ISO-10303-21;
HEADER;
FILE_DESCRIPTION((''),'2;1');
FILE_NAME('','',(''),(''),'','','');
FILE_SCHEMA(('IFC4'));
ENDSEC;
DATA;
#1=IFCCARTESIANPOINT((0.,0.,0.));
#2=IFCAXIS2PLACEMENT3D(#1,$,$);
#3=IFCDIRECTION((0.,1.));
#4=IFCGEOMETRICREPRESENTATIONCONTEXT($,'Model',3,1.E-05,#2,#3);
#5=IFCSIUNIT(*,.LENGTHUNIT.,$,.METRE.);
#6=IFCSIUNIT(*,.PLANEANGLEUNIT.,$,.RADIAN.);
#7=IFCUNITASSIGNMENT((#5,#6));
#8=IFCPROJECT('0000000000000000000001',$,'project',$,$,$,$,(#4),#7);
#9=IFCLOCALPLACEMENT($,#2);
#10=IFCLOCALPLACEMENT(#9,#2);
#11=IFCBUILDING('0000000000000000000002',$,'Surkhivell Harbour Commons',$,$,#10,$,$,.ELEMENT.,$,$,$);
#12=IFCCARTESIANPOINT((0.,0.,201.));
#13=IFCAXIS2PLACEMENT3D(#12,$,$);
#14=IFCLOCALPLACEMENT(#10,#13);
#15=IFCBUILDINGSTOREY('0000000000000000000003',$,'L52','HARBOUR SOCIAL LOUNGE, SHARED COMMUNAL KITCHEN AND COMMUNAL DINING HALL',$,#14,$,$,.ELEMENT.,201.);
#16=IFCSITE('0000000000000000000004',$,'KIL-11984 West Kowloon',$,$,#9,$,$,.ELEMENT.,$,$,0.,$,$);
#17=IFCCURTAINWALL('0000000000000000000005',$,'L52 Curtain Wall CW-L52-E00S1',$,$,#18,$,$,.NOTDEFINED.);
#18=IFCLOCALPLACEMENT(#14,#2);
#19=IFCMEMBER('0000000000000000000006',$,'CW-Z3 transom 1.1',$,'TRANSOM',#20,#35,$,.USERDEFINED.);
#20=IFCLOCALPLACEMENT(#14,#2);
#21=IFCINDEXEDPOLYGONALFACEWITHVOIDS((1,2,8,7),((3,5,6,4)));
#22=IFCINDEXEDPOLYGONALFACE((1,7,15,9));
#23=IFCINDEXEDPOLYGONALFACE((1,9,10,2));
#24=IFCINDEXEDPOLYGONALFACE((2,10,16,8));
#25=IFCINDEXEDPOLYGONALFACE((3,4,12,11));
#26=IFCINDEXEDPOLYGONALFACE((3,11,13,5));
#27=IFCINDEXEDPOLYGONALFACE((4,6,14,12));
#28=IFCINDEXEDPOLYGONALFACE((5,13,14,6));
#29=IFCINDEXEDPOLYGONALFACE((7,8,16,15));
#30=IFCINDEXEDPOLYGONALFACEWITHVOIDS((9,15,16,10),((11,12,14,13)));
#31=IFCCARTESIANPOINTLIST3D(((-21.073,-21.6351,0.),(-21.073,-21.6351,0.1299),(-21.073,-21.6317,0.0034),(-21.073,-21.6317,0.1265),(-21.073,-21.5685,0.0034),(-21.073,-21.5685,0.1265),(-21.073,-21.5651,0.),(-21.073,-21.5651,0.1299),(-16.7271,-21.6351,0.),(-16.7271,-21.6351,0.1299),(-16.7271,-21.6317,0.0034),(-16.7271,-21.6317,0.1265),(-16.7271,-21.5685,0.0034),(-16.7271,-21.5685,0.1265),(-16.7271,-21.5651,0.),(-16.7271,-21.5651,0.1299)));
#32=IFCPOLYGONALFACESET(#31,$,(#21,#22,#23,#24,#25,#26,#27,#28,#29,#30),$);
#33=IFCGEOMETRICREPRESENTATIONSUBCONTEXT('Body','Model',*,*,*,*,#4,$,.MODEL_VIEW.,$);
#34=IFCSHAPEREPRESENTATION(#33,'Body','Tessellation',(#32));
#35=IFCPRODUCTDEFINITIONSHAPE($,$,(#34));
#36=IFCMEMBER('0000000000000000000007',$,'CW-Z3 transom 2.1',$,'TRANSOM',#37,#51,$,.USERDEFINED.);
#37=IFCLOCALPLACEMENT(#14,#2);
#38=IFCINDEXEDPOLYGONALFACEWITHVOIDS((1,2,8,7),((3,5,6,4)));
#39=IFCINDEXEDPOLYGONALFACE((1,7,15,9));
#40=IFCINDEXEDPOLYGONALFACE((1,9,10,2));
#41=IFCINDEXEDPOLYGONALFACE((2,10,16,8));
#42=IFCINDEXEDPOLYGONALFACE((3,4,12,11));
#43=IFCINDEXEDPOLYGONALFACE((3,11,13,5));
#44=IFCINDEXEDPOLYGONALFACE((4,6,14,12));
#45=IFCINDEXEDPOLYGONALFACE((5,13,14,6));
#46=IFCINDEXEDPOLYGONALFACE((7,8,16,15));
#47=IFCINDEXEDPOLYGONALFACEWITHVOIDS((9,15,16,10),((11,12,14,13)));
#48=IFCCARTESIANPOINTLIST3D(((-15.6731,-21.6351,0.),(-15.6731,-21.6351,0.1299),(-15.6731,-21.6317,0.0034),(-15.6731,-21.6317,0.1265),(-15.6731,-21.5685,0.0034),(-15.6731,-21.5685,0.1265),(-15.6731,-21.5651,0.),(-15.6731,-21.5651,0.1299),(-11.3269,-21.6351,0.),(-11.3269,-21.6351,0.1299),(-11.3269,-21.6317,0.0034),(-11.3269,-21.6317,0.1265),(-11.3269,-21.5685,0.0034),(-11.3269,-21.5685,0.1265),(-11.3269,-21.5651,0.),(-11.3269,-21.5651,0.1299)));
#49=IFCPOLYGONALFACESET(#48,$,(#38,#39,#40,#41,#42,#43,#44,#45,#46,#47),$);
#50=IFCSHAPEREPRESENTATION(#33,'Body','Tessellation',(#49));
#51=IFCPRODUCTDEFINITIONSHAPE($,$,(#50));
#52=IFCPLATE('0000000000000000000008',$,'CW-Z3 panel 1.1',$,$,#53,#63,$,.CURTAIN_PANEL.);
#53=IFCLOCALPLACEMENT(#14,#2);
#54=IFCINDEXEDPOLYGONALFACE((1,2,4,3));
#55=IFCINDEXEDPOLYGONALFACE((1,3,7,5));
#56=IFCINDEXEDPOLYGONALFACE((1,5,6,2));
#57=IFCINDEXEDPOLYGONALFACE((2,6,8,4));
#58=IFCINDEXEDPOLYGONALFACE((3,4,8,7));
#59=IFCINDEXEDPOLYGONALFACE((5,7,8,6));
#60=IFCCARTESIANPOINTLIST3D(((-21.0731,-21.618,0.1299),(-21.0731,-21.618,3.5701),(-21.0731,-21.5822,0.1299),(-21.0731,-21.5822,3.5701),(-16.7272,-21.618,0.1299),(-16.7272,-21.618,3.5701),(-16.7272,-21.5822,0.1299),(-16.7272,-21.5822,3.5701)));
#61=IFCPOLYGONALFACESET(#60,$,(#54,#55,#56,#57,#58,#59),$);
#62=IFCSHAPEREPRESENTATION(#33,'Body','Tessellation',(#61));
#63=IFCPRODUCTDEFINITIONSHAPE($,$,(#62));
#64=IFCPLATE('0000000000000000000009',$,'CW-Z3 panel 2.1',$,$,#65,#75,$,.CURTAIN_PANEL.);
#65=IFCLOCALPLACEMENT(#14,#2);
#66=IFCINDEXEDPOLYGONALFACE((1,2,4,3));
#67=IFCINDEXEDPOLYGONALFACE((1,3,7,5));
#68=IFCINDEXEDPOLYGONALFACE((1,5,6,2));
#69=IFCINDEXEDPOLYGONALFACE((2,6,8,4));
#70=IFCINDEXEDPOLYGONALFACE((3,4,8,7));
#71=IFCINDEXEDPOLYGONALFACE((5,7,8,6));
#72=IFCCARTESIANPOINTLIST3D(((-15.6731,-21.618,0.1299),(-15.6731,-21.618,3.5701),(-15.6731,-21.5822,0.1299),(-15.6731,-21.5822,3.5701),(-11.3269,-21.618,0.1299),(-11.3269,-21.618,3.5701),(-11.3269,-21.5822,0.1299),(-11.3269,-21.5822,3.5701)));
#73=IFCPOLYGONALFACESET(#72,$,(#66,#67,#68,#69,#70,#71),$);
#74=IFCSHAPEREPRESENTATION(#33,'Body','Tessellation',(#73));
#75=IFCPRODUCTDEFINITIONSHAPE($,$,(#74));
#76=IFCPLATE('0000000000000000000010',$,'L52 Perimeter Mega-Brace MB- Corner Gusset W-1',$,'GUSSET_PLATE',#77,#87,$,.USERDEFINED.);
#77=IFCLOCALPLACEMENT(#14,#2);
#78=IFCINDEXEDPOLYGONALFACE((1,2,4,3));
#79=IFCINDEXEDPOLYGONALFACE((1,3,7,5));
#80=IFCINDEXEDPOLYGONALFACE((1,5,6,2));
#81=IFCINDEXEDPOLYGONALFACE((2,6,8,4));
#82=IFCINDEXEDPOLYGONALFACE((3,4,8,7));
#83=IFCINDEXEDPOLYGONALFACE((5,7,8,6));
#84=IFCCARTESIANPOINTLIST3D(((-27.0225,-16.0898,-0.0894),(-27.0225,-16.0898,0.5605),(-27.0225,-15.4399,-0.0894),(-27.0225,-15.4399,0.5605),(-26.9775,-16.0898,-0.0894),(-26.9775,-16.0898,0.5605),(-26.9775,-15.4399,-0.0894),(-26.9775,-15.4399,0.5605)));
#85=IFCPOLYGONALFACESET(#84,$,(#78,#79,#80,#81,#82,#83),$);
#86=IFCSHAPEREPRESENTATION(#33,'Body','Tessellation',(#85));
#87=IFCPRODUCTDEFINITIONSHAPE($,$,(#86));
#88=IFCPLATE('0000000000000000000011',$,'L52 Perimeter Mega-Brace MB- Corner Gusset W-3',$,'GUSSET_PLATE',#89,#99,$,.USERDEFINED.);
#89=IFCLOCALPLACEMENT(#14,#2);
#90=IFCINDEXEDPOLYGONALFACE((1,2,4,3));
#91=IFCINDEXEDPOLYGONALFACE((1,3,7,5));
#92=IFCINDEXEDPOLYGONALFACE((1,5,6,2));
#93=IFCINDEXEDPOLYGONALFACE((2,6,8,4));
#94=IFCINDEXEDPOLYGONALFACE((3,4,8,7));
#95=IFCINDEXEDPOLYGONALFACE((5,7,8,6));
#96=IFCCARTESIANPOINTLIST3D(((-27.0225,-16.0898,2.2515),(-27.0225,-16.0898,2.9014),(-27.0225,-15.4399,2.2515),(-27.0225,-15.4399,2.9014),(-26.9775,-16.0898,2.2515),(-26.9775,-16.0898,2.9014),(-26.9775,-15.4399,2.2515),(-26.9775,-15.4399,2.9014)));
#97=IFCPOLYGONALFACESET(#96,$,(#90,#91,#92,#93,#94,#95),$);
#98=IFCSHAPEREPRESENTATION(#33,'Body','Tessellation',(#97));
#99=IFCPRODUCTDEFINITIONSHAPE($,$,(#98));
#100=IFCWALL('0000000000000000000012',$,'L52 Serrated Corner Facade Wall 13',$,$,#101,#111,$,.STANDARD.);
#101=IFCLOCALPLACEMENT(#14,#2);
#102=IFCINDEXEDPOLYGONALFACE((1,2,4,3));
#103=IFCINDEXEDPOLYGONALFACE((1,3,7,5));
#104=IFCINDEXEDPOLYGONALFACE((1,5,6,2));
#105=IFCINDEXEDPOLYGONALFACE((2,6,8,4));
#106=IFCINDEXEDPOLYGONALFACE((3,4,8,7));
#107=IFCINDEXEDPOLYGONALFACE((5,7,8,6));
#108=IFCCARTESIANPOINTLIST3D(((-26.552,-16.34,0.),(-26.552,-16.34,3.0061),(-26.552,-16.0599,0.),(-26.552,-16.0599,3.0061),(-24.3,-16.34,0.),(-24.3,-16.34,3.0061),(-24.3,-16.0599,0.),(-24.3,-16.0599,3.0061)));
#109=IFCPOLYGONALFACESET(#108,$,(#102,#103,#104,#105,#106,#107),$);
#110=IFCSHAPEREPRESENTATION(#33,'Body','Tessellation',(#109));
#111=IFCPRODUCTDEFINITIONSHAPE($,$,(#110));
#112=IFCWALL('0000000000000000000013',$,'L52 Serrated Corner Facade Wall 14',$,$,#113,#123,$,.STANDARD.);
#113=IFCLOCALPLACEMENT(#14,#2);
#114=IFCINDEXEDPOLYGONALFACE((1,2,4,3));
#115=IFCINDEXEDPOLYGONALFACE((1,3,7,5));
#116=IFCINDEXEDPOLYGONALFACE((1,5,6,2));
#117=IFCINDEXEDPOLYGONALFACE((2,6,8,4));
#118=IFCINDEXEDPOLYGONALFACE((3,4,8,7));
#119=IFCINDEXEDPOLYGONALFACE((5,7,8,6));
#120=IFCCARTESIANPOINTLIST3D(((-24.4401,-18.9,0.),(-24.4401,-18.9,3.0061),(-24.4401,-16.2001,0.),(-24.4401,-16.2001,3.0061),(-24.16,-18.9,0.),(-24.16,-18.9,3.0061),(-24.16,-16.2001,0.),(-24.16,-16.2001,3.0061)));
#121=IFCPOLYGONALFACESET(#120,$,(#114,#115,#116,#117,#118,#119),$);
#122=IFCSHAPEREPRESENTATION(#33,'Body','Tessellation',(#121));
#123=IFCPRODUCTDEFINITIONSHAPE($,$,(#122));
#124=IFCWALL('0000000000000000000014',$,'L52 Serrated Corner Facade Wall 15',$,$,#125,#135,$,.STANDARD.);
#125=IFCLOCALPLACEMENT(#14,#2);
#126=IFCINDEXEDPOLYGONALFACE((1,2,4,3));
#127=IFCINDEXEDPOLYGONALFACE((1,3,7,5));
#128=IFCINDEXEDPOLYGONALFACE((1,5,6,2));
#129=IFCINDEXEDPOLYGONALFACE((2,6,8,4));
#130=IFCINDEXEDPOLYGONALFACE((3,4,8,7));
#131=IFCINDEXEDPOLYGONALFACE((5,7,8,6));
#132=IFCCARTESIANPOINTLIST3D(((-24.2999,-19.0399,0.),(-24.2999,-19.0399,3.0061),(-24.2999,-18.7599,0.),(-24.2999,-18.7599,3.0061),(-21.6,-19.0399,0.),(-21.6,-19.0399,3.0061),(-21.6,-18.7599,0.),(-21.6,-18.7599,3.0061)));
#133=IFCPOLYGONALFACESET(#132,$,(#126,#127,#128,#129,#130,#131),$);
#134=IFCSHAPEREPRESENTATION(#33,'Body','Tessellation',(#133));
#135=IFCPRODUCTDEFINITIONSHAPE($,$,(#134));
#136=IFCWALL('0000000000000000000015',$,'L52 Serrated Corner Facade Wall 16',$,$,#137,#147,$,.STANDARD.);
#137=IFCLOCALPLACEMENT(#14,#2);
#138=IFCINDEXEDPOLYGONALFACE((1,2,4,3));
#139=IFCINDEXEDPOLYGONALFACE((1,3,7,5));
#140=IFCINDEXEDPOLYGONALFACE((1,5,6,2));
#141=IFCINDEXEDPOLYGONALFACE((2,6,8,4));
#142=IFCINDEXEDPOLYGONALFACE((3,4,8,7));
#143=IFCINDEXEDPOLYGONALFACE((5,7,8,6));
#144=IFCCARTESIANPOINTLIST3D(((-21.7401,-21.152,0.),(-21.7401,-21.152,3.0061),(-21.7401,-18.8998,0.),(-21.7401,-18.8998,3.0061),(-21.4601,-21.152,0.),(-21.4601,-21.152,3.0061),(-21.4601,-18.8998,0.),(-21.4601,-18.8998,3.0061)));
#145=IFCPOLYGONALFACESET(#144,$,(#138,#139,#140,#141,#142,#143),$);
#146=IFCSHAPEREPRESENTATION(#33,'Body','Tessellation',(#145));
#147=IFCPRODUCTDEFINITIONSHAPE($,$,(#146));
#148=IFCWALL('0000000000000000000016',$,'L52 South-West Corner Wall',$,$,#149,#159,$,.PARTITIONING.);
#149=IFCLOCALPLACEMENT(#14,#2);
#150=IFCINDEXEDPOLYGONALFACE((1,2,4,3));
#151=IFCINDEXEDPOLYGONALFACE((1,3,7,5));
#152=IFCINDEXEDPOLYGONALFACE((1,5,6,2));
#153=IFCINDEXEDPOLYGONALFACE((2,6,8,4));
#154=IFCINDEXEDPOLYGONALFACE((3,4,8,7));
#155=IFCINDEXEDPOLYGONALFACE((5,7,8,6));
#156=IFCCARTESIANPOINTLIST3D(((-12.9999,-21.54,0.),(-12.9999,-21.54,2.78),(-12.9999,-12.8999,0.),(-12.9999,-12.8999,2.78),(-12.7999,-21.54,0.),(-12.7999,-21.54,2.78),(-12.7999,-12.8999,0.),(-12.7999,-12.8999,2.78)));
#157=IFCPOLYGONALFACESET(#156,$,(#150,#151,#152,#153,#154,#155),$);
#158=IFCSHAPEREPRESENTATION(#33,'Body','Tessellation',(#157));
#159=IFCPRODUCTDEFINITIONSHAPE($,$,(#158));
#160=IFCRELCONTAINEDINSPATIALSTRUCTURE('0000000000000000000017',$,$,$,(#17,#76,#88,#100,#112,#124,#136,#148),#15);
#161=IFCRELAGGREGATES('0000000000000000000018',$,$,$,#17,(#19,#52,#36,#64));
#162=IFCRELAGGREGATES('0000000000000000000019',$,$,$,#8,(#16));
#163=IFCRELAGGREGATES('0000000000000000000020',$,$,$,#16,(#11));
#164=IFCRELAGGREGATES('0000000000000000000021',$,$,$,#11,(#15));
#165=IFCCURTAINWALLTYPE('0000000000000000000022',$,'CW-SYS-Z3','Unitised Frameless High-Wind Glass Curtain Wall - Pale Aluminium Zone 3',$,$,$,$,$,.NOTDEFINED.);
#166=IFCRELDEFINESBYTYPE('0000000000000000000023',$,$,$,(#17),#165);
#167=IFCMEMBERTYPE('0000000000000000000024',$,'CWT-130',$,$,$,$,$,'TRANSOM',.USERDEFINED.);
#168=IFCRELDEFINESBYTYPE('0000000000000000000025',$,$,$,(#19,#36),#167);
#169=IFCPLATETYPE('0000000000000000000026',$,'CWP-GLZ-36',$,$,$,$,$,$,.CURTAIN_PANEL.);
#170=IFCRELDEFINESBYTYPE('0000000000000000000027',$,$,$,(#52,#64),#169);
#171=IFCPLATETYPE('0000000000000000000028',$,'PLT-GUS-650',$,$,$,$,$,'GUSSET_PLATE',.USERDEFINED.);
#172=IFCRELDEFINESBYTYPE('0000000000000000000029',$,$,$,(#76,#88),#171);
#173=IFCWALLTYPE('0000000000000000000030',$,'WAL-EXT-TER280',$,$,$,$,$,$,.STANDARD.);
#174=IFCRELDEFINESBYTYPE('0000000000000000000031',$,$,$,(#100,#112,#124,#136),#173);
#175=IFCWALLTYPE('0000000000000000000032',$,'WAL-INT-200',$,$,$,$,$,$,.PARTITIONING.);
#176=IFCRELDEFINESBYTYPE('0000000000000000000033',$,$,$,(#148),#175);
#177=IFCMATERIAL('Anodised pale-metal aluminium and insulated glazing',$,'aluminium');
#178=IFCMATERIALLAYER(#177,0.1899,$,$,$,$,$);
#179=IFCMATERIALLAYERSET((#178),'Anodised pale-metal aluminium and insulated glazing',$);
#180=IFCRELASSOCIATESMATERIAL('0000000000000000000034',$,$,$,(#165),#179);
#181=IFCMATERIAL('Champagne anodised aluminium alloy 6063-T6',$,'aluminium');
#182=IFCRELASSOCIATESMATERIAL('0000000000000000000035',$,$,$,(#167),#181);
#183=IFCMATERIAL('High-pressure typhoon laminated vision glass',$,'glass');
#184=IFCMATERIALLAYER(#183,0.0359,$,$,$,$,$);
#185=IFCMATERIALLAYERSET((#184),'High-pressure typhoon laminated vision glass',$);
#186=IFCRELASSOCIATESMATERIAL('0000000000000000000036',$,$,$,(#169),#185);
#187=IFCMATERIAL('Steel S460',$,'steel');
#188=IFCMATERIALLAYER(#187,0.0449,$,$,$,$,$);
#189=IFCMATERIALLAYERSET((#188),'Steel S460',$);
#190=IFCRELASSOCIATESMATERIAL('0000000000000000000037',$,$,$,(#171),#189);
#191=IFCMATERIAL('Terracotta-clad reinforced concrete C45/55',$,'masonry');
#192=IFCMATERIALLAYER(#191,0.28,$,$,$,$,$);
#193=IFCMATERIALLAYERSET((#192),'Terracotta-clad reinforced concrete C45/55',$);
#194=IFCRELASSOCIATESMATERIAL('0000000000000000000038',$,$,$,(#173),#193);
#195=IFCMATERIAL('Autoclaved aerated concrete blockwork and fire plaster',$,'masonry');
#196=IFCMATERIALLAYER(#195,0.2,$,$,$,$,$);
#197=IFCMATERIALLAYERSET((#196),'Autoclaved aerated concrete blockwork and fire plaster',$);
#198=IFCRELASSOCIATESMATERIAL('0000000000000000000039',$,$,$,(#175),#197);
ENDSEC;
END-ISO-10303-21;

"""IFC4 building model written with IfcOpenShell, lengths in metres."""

from ifc_helpers import new_model, si_unit, direction, frame, frame_2d, origin, origin_2d, place, context, subcontext, project, spatial, rectangle, hollow_rectangle, extrude, material, layer, layer_set, material_profile, profile_set, type_object, element, aggregate, save


model = new_model("IFC4")

# Units and contexts
model_context = context("Model", 3, precision=1e-05, world=origin(), true_north=direction((0.0, 1.0)))
body_context = subcontext(model_context, "Body", "Model", "MODEL_VIEW")
ifc_project = project(units=[si_unit("LENGTHUNIT", "METRE"), si_unit("PLANEANGLEUNIT", "RADIAN")], contexts=[model_context])

# Site, building, storey
site_placement = place(None, origin())
site = spatial("IfcSite", under=ifc_project, at=site_placement, Name="KIL-11984 West Kowloon", CompositionType="ELEMENT", RefElevation=0.0)
building_placement = place(site_placement, origin())
building = spatial("IfcBuilding", under=site, at=building_placement, Name="Surkhivell Harbour Commons", CompositionType="ELEMENT")
storey_placement = place(building_placement, frame((0.0, 0.0, 201.0)))
storey = spatial("IfcBuildingStorey", under=building, at=storey_placement, Name="L52", Description="HARBOUR SOCIAL LOUNGE, SHARED COMMUNAL KITCHEN AND COMMUNAL DINING HALL", CompositionType="ELEMENT", Elevation=201.0)

# Curtain wall, members, plates
ifc_material_1 = material(Name="Anodised pale-metal aluminium and insulated glazing", Category="aluminium")
ifc_layer_1 = layer(ifc_material_1, 0.1899)
ifc_layer_set_1 = layer_set([ifc_layer_1], Name="Anodised pale-metal aluminium and insulated glazing")
curtain_wall_type = type_object("IfcCurtainWallType", Name="CW-SYS-Z3", Description="Unitised Frameless High-Wind Glass Curtain Wall - Pale Aluminium Zone 3", PredefinedType="NOTDEFINED", material=ifc_layer_set_1)
curtain_wall_placement = place(storey_placement, origin())
curtain_wall = element("IfcCurtainWall", 1, at=curtain_wall_placement, inside=storey, type_object=curtain_wall_type, Name="L52 Curtain Wall CW-L52-E00S1", PredefinedType="NOTDEFINED")
ifc_material_2 = material(Name="Champagne anodised aluminium alloy 6063-T6", Category="aluminium")
ifc_material_profile_1 = material_profile(ifc_material_2, hollow_rectangle(XDim=0.0701, YDim=0.1299, WallThickness=0.0034, at=origin_2d()), Name="ALU-TRAN-70x130")
ifc_profile_set_1 = profile_set([ifc_material_profile_1], Name="Champagne anodised aluminium alloy 6063-T6")
member_type_1 = type_object("IfcMemberType", Name="CWT-130", ElementType="TRANSOM", PredefinedType="USERDEFINED", material=ifc_profile_set_1)
member_1_placement = place(storey_placement, frame((-21.073, -21.6001, 0.0649), z_axis=(1.0, 0.0, 0.0), x_axis=(0.0, 1.0, 0.0)))
member_1 = element("IfcMember", 2, at=member_1_placement, type_object=member_type_1, Name="CW-Z3 transom 1.1", ObjectType="TRANSOM", PredefinedType="USERDEFINED", context=body_context, shape_type="SweptSolid", body=[
    extrude(hollow_rectangle(XDim=0.0701, YDim=0.1299, WallThickness=0.0034, at=origin_2d()), origin(), (0.0, 0.0, 1.0), 4.3459),
])
member_2_placement = place(storey_placement, frame((-15.6731, -21.6001, 0.0649), z_axis=(1.0, 0.0, 0.0), x_axis=(0.0, 1.0, 0.0)))
member_2 = element("IfcMember", 3, at=member_2_placement, type_object=member_type_1, Name="CW-Z3 transom 2.1", ObjectType="TRANSOM", PredefinedType="USERDEFINED", context=body_context, shape_type="SweptSolid", body=[
    extrude(hollow_rectangle(XDim=0.0701, YDim=0.1299, WallThickness=0.0034, at=origin_2d()), origin(), (0.0, 0.0, 1.0), 4.3462),
])
ifc_material_3 = material(Name="High-pressure typhoon laminated vision glass", Category="glass")
ifc_layer_2 = layer(ifc_material_3, 0.0359)
ifc_layer_set_2 = layer_set([ifc_layer_2], Name="High-pressure typhoon laminated vision glass")
plate_type_1 = type_object("IfcPlateType", Name="CWP-GLZ-36", PredefinedType="CURTAIN_PANEL", material=ifc_layer_set_2)
plate_1_placement = place(storey_placement, frame((-21.073, -21.6001, 0.1299), z_axis=(0.0, 0.0, 1.0), x_axis=(1.0, 0.0, 0.0)))
plate_1 = element("IfcPlate", 4, at=plate_1_placement, type_object=plate_type_1, Name="CW-Z3 panel 1.1", PredefinedType="CURTAIN_PANEL", context=body_context, shape_type="SweptSolid", body=[
    extrude(rectangle(XDim=4.3459, YDim=0.0359, at=frame_2d((2.1729, 0.0))), origin(), (0.0, 0.0, 1.0), 3.4402),
])
plate_2_placement = place(storey_placement, frame((-15.6731, -21.6001, 0.1299), z_axis=(0.0, 0.0, 1.0), x_axis=(1.0, 0.0, 0.0)))
plate_2 = element("IfcPlate", 5, at=plate_2_placement, type_object=plate_type_1, Name="CW-Z3 panel 2.1", PredefinedType="CURTAIN_PANEL", context=body_context, shape_type="SweptSolid", body=[
    extrude(rectangle(XDim=4.3462, YDim=0.0359, at=frame_2d((2.1731, 0.0))), origin(), (0.0, 0.0, 1.0), 3.4402),
])
aggregate(curtain_wall, [member_1, plate_1, member_2, plate_2])

# Plates
ifc_material_4 = material(Name="Steel S460", Category="steel")
ifc_layer_3 = layer(ifc_material_4, 0.0449)
ifc_layer_set_3 = layer_set([ifc_layer_3], Name="Steel S460")
plate_type_2 = type_object("IfcPlateType", Name="PLT-GUS-650", ElementType="GUSSET_PLATE", PredefinedType="USERDEFINED", material=ifc_layer_set_3)
for number, where, z_axis, x_axis, name in (
    (6, (-27.0, -15.7649, -0.0894), (0.0, 0.0, 1.0), (0.0, 1.0, 0.0), "L52 Perimeter Mega-Brace MB- Corner Gusset W-1"),
    (7, (-27.0, -15.7649, 2.2515), (0.0, 0.0, 1.0), (0.0, 1.0, 0.0), "L52 Perimeter Mega-Brace MB- Corner Gusset W-3"),
):
    element("IfcPlate", number, at=place(storey_placement, frame(where, z_axis=z_axis, x_axis=x_axis)), inside=storey, type_object=plate_type_2, Name=name, ObjectType="GUSSET_PLATE", PredefinedType="USERDEFINED", context=body_context, shape_type="SweptSolid", body=[
        extrude(rectangle(XDim=0.6499, YDim=0.0449, at=origin_2d()), origin(), (0.0, 0.0, 1.0), 0.6499),
    ])

# Walls
ifc_material_5 = material(Name="Terracotta-clad reinforced concrete C45/55", Category="masonry")
ifc_layer_4 = layer(ifc_material_5, 0.28)
ifc_layer_set_4 = layer_set([ifc_layer_4], Name="Terracotta-clad reinforced concrete C45/55")
wall_type_1 = type_object("IfcWallType", Name="WAL-EXT-TER280", PredefinedType="STANDARD", material=ifc_layer_set_4)
wall_1_placement = place(storey_placement, frame((-26.552, -16.2, 0.0), z_axis=(0.0, 0.0, 1.0), x_axis=(1.0, 0.0, 0.0)))
element("IfcWall", 8, at=wall_1_placement, inside=storey, type_object=wall_type_1, Name="L52 Serrated Corner Facade Wall 13", PredefinedType="STANDARD", context=body_context, shape_type="SweptSolid", body=[
    extrude(rectangle(XDim=2.252, YDim=0.28, at=frame_2d((1.126, 0.0))), origin(), (0.0, 0.0, 1.0), 3.0061),
])
for number, where, z_axis, x_axis, name in (
    (9, (-24.3, -16.2, 0.0), (0.0, 0.0, 1.0), (0.0, -1.0, 0.0), "L52 Serrated Corner Facade Wall 14"),
    (10, (-24.3, -18.8999, 0.0), (0.0, 0.0, 1.0), (1.0, 0.0, 0.0), "L52 Serrated Corner Facade Wall 15"),
):
    element("IfcWall", number, at=place(storey_placement, frame(where, z_axis=z_axis, x_axis=x_axis)), inside=storey, type_object=wall_type_1, Name=name, PredefinedType="STANDARD", context=body_context, shape_type="SweptSolid", body=[
        extrude(rectangle(XDim=2.7, YDim=0.28, at=frame_2d((1.3501, 0.0))), origin(), (0.0, 0.0, 1.0), 3.0061),
    ])
wall_2_placement = place(storey_placement, frame((-21.6001, -18.8999, 0.0), z_axis=(0.0, 0.0, 1.0), x_axis=(0.0, -1.0, 0.0)))
element("IfcWall", 11, at=wall_2_placement, inside=storey, type_object=wall_type_1, Name="L52 Serrated Corner Facade Wall 16", PredefinedType="STANDARD", context=body_context, shape_type="SweptSolid", body=[
    extrude(rectangle(XDim=2.2522, YDim=0.28, at=frame_2d((1.126, 0.0))), origin(), (0.0, 0.0, 1.0), 3.0061),
])
ifc_material_6 = material(Name="Autoclaved aerated concrete blockwork and fire plaster", Category="masonry")
ifc_layer_5 = layer(ifc_material_6, 0.2)
ifc_layer_set_5 = layer_set([ifc_layer_5], Name="Autoclaved aerated concrete blockwork and fire plaster")
wall_type_2 = type_object("IfcWallType", Name="WAL-INT-200", PredefinedType="PARTITIONING", material=ifc_layer_set_5)
wall_3_placement = place(storey_placement, frame((-12.8999, -21.54, 0.0), z_axis=(0.0, 0.0, 1.0), x_axis=(0.0, 1.0, 0.0)))
element("IfcWall", 12, at=wall_3_placement, inside=storey, type_object=wall_type_2, Name="L52 South-West Corner Wall", PredefinedType="PARTITIONING", context=body_context, shape_type="SweptSolid", body=[
    extrude(rectangle(XDim=8.6401, YDim=0.2, at=frame_2d((4.3201, 0.0))), origin(), (0.0, 0.0, 1.0), 2.78),
])

save(model, "model.ifc")
